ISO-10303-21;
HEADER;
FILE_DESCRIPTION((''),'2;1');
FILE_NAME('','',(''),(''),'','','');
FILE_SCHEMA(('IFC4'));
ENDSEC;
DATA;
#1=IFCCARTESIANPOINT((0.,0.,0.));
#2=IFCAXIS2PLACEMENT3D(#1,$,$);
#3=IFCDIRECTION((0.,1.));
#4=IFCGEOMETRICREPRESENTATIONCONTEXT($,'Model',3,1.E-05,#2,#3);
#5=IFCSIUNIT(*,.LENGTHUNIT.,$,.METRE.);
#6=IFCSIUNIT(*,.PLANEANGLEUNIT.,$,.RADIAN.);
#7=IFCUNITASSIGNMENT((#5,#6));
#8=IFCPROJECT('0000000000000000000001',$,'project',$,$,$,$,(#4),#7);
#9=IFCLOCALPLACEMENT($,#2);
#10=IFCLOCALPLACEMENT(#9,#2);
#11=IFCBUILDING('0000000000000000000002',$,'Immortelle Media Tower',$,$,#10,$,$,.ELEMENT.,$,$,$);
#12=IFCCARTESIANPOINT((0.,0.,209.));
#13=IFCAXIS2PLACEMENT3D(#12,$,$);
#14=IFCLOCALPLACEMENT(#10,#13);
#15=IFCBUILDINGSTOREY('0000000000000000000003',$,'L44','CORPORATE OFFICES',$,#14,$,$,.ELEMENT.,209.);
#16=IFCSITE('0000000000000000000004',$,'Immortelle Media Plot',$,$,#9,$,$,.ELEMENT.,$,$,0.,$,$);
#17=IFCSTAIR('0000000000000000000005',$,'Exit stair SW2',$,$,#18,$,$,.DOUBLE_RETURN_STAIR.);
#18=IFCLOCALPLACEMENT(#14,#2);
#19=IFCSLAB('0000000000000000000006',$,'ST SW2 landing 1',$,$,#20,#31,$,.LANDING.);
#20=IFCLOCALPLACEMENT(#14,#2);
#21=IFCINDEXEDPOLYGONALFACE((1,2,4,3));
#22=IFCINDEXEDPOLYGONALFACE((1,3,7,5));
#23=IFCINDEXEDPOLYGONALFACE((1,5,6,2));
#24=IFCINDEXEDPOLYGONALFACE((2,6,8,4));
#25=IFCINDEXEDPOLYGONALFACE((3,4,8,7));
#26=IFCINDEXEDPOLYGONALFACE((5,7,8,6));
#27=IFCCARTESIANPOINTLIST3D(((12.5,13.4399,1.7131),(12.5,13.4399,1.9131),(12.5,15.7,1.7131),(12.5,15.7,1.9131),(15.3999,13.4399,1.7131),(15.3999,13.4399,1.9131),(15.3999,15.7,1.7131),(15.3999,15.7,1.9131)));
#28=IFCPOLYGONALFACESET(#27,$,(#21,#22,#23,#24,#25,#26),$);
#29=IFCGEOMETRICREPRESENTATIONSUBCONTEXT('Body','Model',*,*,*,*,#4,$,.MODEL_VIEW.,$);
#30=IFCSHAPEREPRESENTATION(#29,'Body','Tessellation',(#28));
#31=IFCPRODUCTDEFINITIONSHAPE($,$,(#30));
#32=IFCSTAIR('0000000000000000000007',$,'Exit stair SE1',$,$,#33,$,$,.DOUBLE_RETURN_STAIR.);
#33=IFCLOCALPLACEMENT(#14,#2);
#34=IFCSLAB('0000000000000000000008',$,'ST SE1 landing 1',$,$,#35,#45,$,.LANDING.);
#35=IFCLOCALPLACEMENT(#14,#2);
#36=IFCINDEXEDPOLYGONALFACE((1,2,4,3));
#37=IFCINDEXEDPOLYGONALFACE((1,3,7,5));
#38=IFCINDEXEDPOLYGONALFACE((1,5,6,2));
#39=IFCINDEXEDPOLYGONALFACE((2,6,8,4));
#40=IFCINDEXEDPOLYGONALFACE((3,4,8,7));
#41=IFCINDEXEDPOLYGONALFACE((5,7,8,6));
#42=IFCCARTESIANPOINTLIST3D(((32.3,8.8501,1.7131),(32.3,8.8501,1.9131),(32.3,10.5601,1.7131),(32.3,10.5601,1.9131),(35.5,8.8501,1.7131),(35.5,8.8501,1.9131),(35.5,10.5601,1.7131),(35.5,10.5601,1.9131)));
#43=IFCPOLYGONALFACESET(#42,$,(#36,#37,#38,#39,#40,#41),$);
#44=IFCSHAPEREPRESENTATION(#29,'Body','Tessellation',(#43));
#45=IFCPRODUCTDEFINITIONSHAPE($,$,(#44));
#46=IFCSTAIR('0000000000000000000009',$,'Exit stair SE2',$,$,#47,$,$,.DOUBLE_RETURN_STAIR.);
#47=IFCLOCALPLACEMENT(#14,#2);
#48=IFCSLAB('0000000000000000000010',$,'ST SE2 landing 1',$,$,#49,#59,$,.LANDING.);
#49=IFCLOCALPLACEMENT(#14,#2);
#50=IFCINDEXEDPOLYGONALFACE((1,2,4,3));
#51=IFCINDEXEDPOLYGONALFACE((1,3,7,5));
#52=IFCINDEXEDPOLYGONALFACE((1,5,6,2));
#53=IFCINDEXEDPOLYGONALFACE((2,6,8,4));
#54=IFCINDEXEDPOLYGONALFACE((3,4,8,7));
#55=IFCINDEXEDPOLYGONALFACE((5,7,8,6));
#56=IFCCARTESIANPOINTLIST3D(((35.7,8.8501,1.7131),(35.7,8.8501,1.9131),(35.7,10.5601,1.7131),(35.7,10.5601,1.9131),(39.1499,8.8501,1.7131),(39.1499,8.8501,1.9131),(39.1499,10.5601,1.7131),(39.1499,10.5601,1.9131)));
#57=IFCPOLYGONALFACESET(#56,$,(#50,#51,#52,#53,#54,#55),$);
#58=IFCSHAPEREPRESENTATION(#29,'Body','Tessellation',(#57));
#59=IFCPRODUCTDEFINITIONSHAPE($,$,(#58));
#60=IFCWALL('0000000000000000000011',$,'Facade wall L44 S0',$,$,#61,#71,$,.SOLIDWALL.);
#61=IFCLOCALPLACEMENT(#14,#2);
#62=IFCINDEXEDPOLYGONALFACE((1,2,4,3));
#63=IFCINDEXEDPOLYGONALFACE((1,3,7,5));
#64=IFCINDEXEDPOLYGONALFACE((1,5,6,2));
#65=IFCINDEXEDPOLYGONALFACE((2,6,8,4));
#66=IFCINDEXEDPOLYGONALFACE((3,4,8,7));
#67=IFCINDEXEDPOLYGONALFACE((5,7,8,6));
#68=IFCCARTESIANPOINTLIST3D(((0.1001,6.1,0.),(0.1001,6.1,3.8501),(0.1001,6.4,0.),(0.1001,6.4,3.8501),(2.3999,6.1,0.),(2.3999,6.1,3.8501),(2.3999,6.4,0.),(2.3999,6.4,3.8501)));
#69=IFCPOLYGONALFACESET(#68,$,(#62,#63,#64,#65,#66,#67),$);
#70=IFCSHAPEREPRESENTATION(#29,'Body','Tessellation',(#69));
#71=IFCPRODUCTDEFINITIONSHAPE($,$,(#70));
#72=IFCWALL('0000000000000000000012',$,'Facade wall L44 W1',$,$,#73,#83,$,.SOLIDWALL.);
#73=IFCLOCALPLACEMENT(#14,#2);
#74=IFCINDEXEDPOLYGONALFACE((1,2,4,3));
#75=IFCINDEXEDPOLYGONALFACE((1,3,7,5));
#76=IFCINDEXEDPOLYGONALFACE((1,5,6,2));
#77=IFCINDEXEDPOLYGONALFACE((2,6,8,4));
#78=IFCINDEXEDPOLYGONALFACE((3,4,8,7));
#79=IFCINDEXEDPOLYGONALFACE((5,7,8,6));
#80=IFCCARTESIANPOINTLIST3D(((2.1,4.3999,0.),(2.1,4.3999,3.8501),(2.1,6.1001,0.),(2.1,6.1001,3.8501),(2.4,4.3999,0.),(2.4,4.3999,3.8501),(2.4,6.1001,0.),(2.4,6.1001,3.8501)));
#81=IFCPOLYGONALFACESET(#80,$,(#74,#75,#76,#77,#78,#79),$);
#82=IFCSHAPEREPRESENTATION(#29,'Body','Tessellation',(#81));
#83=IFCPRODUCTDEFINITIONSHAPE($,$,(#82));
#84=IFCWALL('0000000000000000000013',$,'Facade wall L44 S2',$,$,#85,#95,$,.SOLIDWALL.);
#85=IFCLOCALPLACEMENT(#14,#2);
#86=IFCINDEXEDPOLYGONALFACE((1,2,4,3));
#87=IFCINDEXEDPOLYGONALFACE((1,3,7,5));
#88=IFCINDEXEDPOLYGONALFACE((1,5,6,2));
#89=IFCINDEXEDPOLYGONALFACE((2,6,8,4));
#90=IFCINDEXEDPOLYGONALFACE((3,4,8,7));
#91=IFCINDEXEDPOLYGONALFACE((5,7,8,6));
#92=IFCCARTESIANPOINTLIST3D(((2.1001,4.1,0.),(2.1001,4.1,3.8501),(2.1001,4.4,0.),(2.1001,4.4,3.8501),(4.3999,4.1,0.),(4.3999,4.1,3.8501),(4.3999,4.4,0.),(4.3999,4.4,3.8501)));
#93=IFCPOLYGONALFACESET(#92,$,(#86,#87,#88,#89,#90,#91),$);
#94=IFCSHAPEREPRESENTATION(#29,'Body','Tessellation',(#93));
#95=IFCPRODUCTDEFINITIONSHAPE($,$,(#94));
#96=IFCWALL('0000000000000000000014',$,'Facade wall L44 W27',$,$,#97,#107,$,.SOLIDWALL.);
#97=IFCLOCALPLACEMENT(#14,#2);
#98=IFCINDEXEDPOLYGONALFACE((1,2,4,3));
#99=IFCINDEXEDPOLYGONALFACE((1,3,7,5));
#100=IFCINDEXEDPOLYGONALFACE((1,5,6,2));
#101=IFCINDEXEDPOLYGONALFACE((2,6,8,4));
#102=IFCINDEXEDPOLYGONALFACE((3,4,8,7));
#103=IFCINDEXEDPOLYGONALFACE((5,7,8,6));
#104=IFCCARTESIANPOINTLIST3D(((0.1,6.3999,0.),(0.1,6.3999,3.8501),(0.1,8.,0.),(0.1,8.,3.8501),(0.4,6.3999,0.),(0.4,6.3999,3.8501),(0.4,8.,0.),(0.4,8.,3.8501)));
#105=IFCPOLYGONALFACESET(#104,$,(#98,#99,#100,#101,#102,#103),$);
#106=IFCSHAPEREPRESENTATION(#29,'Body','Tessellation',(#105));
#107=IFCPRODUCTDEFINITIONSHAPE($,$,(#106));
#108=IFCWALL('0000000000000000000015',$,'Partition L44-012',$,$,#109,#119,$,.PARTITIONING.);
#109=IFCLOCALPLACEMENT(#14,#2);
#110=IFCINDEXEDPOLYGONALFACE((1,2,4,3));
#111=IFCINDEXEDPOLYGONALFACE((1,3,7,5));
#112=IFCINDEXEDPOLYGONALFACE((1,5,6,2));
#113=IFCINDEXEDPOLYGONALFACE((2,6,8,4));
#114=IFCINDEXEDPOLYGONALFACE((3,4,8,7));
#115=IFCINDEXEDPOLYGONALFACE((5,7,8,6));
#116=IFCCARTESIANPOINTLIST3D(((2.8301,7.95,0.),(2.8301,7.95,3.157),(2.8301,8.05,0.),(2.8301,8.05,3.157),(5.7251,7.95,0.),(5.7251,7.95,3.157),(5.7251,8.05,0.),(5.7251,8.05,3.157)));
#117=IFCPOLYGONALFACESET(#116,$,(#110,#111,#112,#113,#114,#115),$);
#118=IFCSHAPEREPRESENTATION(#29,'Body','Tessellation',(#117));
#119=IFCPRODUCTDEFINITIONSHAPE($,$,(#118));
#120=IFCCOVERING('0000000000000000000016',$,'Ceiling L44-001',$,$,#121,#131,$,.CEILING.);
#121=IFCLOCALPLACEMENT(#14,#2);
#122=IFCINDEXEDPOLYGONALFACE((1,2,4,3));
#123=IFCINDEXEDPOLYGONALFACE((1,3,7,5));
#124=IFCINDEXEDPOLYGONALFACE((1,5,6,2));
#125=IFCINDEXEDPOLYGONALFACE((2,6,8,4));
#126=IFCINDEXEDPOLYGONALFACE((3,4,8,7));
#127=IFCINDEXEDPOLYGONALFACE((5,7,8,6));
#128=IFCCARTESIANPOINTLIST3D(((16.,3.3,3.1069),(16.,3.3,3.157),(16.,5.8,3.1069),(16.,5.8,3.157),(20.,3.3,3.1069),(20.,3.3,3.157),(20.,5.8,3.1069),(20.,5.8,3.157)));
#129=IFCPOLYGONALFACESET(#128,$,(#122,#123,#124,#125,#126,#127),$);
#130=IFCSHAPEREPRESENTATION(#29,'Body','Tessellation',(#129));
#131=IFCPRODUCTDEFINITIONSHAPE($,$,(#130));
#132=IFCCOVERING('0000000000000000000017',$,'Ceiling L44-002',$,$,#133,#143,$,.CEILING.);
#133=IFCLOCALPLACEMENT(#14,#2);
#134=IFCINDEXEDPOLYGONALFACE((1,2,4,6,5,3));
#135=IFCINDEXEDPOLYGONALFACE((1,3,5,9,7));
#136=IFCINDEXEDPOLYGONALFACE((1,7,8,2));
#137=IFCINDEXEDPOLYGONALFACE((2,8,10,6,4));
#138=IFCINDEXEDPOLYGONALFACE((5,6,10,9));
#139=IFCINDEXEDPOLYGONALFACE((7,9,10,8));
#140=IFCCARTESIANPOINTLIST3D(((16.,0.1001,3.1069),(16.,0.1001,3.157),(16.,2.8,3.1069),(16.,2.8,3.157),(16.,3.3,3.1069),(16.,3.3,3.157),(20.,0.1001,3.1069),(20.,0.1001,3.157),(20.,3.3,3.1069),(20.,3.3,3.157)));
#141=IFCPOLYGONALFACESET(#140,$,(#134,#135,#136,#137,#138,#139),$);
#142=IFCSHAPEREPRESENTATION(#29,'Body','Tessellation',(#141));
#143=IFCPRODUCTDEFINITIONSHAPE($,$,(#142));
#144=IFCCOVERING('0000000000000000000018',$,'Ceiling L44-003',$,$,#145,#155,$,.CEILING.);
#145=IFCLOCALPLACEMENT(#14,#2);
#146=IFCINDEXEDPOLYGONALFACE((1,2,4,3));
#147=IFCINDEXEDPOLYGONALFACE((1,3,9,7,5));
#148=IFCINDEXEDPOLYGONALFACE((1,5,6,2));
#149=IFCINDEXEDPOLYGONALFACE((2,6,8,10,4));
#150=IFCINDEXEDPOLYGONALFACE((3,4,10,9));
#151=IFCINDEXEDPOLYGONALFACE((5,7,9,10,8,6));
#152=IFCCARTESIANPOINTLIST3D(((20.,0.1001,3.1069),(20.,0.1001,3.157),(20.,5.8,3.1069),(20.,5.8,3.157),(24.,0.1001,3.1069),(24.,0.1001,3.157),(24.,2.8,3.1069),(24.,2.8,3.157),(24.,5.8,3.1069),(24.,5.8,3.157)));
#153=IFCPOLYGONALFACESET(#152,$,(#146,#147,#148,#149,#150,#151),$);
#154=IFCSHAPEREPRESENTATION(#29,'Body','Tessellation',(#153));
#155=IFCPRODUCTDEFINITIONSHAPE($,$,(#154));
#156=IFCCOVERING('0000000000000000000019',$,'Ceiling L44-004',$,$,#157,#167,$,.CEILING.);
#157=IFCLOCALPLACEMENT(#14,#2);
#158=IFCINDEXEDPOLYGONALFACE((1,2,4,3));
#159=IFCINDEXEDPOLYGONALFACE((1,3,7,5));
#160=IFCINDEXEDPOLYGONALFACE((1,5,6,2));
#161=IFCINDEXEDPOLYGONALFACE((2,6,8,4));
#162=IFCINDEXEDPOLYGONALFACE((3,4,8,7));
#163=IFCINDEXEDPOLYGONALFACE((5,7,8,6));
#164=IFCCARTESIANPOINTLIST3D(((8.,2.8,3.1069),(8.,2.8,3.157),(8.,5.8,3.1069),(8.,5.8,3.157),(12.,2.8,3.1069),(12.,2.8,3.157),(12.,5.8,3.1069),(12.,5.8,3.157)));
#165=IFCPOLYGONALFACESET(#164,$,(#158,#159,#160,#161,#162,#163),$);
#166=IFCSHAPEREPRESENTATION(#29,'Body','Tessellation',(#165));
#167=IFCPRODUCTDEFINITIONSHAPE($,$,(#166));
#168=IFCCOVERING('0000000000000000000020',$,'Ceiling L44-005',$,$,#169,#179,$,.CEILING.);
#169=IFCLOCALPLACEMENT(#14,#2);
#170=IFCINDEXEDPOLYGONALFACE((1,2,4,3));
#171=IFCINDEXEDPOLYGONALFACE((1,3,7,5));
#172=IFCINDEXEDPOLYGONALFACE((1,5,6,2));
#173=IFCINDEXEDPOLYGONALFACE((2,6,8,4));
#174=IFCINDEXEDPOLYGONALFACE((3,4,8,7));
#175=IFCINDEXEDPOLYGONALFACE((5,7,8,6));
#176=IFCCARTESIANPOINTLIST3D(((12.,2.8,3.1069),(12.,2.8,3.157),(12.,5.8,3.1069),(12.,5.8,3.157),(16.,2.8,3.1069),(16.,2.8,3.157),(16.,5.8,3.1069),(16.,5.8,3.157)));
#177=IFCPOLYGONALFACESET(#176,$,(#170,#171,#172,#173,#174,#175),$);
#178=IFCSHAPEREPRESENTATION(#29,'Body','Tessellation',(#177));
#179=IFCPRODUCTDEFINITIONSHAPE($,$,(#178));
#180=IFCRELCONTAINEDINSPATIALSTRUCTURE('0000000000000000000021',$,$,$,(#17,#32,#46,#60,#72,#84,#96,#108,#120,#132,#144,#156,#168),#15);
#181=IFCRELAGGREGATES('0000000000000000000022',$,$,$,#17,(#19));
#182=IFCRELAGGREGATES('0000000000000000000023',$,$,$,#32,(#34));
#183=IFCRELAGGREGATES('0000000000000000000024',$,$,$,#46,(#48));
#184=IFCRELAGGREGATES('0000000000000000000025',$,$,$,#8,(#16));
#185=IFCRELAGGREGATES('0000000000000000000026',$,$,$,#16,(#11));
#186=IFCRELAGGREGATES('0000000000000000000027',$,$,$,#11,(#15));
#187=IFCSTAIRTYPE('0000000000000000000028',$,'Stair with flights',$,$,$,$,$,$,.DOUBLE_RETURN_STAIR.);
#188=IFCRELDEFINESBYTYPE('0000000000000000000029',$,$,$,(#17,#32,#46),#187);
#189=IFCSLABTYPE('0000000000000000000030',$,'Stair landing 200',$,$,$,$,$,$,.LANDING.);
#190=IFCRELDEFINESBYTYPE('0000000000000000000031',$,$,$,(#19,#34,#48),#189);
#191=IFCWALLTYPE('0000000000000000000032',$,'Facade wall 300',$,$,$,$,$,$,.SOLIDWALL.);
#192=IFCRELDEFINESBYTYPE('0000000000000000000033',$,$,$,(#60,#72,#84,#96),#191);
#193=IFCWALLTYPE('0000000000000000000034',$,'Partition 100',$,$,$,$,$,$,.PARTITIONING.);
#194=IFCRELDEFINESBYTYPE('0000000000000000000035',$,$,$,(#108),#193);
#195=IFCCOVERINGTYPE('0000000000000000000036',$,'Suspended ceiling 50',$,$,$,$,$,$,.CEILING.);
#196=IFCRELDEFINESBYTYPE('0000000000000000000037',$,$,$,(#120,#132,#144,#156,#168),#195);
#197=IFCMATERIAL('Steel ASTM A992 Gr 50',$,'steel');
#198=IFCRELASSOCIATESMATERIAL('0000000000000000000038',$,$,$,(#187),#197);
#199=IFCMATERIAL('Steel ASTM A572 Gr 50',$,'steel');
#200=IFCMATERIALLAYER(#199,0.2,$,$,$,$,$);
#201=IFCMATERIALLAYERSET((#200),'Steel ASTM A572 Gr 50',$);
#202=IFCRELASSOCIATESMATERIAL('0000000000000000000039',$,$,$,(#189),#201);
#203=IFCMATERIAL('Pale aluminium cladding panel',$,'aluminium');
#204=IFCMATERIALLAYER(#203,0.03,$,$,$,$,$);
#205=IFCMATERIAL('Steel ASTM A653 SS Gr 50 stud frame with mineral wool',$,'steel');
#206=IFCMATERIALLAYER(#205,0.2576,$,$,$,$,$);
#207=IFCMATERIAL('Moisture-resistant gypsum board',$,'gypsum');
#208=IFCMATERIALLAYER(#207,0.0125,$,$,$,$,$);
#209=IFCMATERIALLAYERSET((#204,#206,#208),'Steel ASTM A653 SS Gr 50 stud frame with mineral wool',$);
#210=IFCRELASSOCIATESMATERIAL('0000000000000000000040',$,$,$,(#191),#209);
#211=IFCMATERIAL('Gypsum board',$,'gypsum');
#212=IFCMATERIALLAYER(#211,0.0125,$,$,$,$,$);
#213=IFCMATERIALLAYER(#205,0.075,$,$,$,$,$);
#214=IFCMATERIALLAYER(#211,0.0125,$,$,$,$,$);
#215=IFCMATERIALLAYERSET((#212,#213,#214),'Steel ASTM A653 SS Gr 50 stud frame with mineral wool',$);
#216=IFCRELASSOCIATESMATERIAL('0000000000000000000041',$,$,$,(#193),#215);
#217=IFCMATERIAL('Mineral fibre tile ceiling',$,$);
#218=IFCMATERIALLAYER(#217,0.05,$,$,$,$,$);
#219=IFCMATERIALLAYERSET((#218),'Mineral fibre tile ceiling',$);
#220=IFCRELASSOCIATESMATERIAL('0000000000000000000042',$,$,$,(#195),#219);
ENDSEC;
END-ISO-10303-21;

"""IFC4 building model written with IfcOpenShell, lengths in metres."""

from ifc_helpers import new_model, si_unit, direction, frame, frame_2d, origin, place, context, subcontext, project, spatial, polyline, rectangle, outline, extrude, material, layer, layer_set, type_object, element, aggregate, save


model = new_model("IFC4")

# Units and contexts
model_context = context("Model", 3, precision=1e-05, world=origin(), true_north=direction((0.0, 1.0)))
body_context = subcontext(model_context, "Body", "Model", "MODEL_VIEW")
ifc_project = project(units=[si_unit("LENGTHUNIT", "METRE"), si_unit("PLANEANGLEUNIT", "RADIAN")], contexts=[model_context])

# Site, building, storey
site_placement = place(None, origin())
site = spatial("IfcSite", under=ifc_project, at=site_placement, Name="Immortelle Media Plot", CompositionType="ELEMENT", RefElevation=0.0)
building_placement = place(site_placement, origin())
building = spatial("IfcBuilding", under=site, at=building_placement, Name="Immortelle Media Tower", CompositionType="ELEMENT")
storey_placement = place(building_placement, frame((0.0, 0.0, 209.0)))
storey = spatial("IfcBuildingStorey", under=building, at=storey_placement, Name="L44", Description="CORPORATE OFFICES", CompositionType="ELEMENT", Elevation=209.0)

# Shared definitions
ifc_material_1 = material(Name="Steel ASTM A992 Gr 50", Category="steel")

# Stairs, slabs
stair_type = type_object("IfcStairType", Name="Stair with flights", PredefinedType="DOUBLE_RETURN_STAIR", material=ifc_material_1)
ifc_material_2 = material(Name="Steel ASTM A572 Gr 50", Category="steel")
ifc_layer_1 = layer(ifc_material_2, 0.2)
ifc_layer_set_1 = layer_set([ifc_layer_1], Name="Steel ASTM A572 Gr 50")
slab_type_1 = type_object("IfcSlabType", Name="Stair landing 200", PredefinedType="LANDING", material=ifc_layer_set_1)
stair_1_placement = place(storey_placement, origin())
stair_1 = element("IfcStair", 1, at=stair_1_placement, inside=storey, type_object=stair_type, Name="Exit stair SW2", PredefinedType="DOUBLE_RETURN_STAIR")
slab_1_placement = place(storey_placement, frame((0.0, 0.0, 1.7131)))
slab_1 = element("IfcSlab", 2, at=slab_1_placement, type_object=slab_type_1, Name="ST SW2 landing 1", PredefinedType="LANDING", context=body_context, shape_type="SweptSolid", body=[
    extrude(outline(polyline([(12.5, 13.4399), (15.3999, 13.4399), (15.3999, 15.7), (12.5, 15.7), (12.5, 13.4399)])), origin(), (0.0, 0.0, 1.0), 0.2),
])
aggregate(stair_1, [slab_1])
stair_2_placement = place(storey_placement, origin())
stair_2 = element("IfcStair", 3, at=stair_2_placement, inside=storey, type_object=stair_type, Name="Exit stair SE1", PredefinedType="DOUBLE_RETURN_STAIR")
slab_2_placement = place(storey_placement, frame((0.0, 0.0, 1.7131)))
slab_2 = element("IfcSlab", 4, at=slab_2_placement, type_object=slab_type_1, Name="ST SE1 landing 1", PredefinedType="LANDING", context=body_context, shape_type="SweptSolid", body=[
    extrude(outline(polyline([(32.3, 8.8501), (35.5, 8.8501), (35.5, 10.5601), (32.3, 10.5601), (32.3, 8.8501)])), origin(), (0.0, 0.0, 1.0), 0.2),
])
aggregate(stair_2, [slab_2])
stair_3_placement = place(storey_placement, origin())
stair_3 = element("IfcStair", 5, at=stair_3_placement, inside=storey, type_object=stair_type, Name="Exit stair SE2", PredefinedType="DOUBLE_RETURN_STAIR")
slab_3_placement = place(storey_placement, frame((0.0, 0.0, 1.7131)))
slab_3 = element("IfcSlab", 6, at=slab_3_placement, type_object=slab_type_1, Name="ST SE2 landing 1", PredefinedType="LANDING", context=body_context, shape_type="SweptSolid", body=[
    extrude(outline(polyline([(35.7, 8.8501), (39.1499, 8.8501), (39.1499, 10.5601), (35.7, 10.5601), (35.7, 8.8501)])), origin(), (0.0, 0.0, 1.0), 0.2),
])
aggregate(stair_3, [slab_3])

# Walls
ifc_material_3 = material(Name="Pale aluminium cladding panel", Category="aluminium")
ifc_layer_2 = layer(ifc_material_3, 0.03)
ifc_material_4 = material(Name="Steel ASTM A653 SS Gr 50 stud frame with mineral wool", Category="steel")
ifc_layer_3 = layer(ifc_material_4, 0.2576)
ifc_material_5 = material(Name="Moisture-resistant gypsum board", Category="gypsum")
ifc_layer_4 = layer(ifc_material_5, 0.0125)
ifc_layer_set_2 = layer_set([ifc_layer_2, ifc_layer_3, ifc_layer_4], Name="Steel ASTM A653 SS Gr 50 stud frame with mineral wool")
wall_type_1 = type_object("IfcWallType", Name="Facade wall 300", PredefinedType="SOLIDWALL", material=ifc_layer_set_2)
wall_1_placement = place(storey_placement, frame((0.1001, 6.25, 0.0), z_axis=(0.0, 0.0, 1.0), x_axis=(1.0, 0.0, 0.0)))
element("IfcWall", 7, at=wall_1_placement, inside=storey, type_object=wall_type_1, Name="Facade wall L44 S0", PredefinedType="SOLIDWALL", context=body_context, shape_type="SweptSolid", body=[
    extrude(rectangle(XDim=2.2998, YDim=0.3, at=frame_2d((1.1499, 0.0))), origin(), (0.0, 0.0, 1.0), 3.8501),
])
wall_2_placement = place(storey_placement, frame((2.25, 6.1001, 0.0), z_axis=(0.0, 0.0, 1.0), x_axis=(0.0, -1.0, 0.0)))
element("IfcWall", 8, at=wall_2_placement, inside=storey, type_object=wall_type_1, Name="Facade wall L44 W1", PredefinedType="SOLIDWALL", context=body_context, shape_type="SweptSolid", body=[
    extrude(rectangle(XDim=1.7002, YDim=0.3, at=frame_2d((0.8501, 0.0))), origin(), (0.0, 0.0, 1.0), 3.8501),
])
wall_3_placement = place(storey_placement, frame((2.1001, 4.25, 0.0), z_axis=(0.0, 0.0, 1.0), x_axis=(1.0, 0.0, 0.0)))
element("IfcWall", 9, at=wall_3_placement, inside=storey, type_object=wall_type_1, Name="Facade wall L44 S2", PredefinedType="SOLIDWALL", context=body_context, shape_type="SweptSolid", body=[
    extrude(rectangle(XDim=2.2998, YDim=0.3, at=frame_2d((1.1499, 0.0))), origin(), (0.0, 0.0, 1.0), 3.8501),
])
wall_4_placement = place(storey_placement, frame((0.25, 8.0, 0.0), z_axis=(0.0, 0.0, 1.0), x_axis=(0.0, -1.0, 0.0)))
element("IfcWall", 10, at=wall_4_placement, inside=storey, type_object=wall_type_1, Name="Facade wall L44 W27", PredefinedType="SOLIDWALL", context=body_context, shape_type="SweptSolid", body=[
    extrude(rectangle(XDim=1.6001, YDim=0.3, at=frame_2d((0.8, 0.0))), origin(), (0.0, 0.0, 1.0), 3.8501),
])
ifc_material_6 = material(Name="Gypsum board", Category="gypsum")
ifc_layer_5 = layer(ifc_material_6, 0.0125)
ifc_layer_6 = layer(ifc_material_4, 0.075)
ifc_layer_7 = layer(ifc_material_6, 0.0125)
ifc_layer_set_3 = layer_set([ifc_layer_5, ifc_layer_6, ifc_layer_7], Name="Steel ASTM A653 SS Gr 50 stud frame with mineral wool")
wall_type_2 = type_object("IfcWallType", Name="Partition 100", PredefinedType="PARTITIONING", material=ifc_layer_set_3)
wall_5_placement = place(storey_placement, frame((2.8301, 8.0, 0.0), z_axis=(0.0, 0.0, 1.0), x_axis=(1.0, 0.0, 0.0)))
element("IfcWall", 11, at=wall_5_placement, inside=storey, type_object=wall_type_2, Name="Partition L44-012", PredefinedType="PARTITIONING", context=body_context, shape_type="SweptSolid", body=[
    extrude(rectangle(XDim=2.895, YDim=0.1001, at=frame_2d((1.4475, 0.0))), origin(), (0.0, 0.0, 1.0), 3.157),
])

# Coverings
ifc_material_7 = material(Name="Mineral fibre tile ceiling")
ifc_layer_8 = layer(ifc_material_7, 0.05)
ifc_layer_set_4 = layer_set([ifc_layer_8], Name="Mineral fibre tile ceiling")
covering_type = type_object("IfcCoveringType", Name="Suspended ceiling 50", PredefinedType="CEILING", material=ifc_layer_set_4)
covering_1_placement = place(storey_placement, frame((0.0, 0.0, 3.1069)))
element("IfcCovering", 12, at=covering_1_placement, inside=storey, type_object=covering_type, Name="Ceiling L44-001", PredefinedType="CEILING", context=body_context, shape_type="SweptSolid", body=[
    extrude(outline(polyline([(16.0, 5.8), (20.0, 5.8), (20.0, 3.3), (16.0, 3.3), (16.0, 5.8)])), origin(), (0.0, 0.0, 1.0), 0.05),
])
covering_2_placement = place(storey_placement, frame((0.0, 0.0, 3.1069)))
element("IfcCovering", 13, at=covering_2_placement, inside=storey, type_object=covering_type, Name="Ceiling L44-002", PredefinedType="CEILING", context=body_context, shape_type="SweptSolid", body=[
    extrude(outline(polyline([(16.0, 3.3), (20.0, 3.3), (20.0, 0.1001), (16.0, 0.1001), (16.0, 2.8), (16.0, 3.3)])), origin(), (0.0, 0.0, 1.0), 0.05),
])
covering_3_placement = place(storey_placement, frame((0.0, 0.0, 3.1069)))
element("IfcCovering", 14, at=covering_3_placement, inside=storey, type_object=covering_type, Name="Ceiling L44-003", PredefinedType="CEILING", context=body_context, shape_type="SweptSolid", body=[
    extrude(outline(polyline([(24.0, 5.8), (24.0, 2.8), (24.0, 0.1001), (20.0, 0.1001), (20.0, 5.8), (24.0, 5.8)])), origin(), (0.0, 0.0, 1.0), 0.05),
])
covering_4_placement = place(storey_placement, frame((0.0, 0.0, 3.1069)))
element("IfcCovering", 15, at=covering_4_placement, inside=storey, type_object=covering_type, Name="Ceiling L44-004", PredefinedType="CEILING", context=body_context, shape_type="SweptSolid", body=[
    extrude(outline(polyline([(8.0, 5.8), (12.0, 5.8), (12.0, 2.8), (8.0, 2.8), (8.0, 5.8)])), origin(), (0.0, 0.0, 1.0), 0.05),
])
covering_5_placement = place(storey_placement, frame((0.0, 0.0, 3.1069)))
element("IfcCovering", 16, at=covering_5_placement, inside=storey, type_object=covering_type, Name="Ceiling L44-005", PredefinedType="CEILING", context=body_context, shape_type="SweptSolid", body=[
    extrude(outline(polyline([(16.0, 5.8), (16.0, 2.8), (12.0, 2.8), (12.0, 5.8), (16.0, 5.8)])), origin(), (0.0, 0.0, 1.0), 0.05),
])

save(model, "model.ifc")
